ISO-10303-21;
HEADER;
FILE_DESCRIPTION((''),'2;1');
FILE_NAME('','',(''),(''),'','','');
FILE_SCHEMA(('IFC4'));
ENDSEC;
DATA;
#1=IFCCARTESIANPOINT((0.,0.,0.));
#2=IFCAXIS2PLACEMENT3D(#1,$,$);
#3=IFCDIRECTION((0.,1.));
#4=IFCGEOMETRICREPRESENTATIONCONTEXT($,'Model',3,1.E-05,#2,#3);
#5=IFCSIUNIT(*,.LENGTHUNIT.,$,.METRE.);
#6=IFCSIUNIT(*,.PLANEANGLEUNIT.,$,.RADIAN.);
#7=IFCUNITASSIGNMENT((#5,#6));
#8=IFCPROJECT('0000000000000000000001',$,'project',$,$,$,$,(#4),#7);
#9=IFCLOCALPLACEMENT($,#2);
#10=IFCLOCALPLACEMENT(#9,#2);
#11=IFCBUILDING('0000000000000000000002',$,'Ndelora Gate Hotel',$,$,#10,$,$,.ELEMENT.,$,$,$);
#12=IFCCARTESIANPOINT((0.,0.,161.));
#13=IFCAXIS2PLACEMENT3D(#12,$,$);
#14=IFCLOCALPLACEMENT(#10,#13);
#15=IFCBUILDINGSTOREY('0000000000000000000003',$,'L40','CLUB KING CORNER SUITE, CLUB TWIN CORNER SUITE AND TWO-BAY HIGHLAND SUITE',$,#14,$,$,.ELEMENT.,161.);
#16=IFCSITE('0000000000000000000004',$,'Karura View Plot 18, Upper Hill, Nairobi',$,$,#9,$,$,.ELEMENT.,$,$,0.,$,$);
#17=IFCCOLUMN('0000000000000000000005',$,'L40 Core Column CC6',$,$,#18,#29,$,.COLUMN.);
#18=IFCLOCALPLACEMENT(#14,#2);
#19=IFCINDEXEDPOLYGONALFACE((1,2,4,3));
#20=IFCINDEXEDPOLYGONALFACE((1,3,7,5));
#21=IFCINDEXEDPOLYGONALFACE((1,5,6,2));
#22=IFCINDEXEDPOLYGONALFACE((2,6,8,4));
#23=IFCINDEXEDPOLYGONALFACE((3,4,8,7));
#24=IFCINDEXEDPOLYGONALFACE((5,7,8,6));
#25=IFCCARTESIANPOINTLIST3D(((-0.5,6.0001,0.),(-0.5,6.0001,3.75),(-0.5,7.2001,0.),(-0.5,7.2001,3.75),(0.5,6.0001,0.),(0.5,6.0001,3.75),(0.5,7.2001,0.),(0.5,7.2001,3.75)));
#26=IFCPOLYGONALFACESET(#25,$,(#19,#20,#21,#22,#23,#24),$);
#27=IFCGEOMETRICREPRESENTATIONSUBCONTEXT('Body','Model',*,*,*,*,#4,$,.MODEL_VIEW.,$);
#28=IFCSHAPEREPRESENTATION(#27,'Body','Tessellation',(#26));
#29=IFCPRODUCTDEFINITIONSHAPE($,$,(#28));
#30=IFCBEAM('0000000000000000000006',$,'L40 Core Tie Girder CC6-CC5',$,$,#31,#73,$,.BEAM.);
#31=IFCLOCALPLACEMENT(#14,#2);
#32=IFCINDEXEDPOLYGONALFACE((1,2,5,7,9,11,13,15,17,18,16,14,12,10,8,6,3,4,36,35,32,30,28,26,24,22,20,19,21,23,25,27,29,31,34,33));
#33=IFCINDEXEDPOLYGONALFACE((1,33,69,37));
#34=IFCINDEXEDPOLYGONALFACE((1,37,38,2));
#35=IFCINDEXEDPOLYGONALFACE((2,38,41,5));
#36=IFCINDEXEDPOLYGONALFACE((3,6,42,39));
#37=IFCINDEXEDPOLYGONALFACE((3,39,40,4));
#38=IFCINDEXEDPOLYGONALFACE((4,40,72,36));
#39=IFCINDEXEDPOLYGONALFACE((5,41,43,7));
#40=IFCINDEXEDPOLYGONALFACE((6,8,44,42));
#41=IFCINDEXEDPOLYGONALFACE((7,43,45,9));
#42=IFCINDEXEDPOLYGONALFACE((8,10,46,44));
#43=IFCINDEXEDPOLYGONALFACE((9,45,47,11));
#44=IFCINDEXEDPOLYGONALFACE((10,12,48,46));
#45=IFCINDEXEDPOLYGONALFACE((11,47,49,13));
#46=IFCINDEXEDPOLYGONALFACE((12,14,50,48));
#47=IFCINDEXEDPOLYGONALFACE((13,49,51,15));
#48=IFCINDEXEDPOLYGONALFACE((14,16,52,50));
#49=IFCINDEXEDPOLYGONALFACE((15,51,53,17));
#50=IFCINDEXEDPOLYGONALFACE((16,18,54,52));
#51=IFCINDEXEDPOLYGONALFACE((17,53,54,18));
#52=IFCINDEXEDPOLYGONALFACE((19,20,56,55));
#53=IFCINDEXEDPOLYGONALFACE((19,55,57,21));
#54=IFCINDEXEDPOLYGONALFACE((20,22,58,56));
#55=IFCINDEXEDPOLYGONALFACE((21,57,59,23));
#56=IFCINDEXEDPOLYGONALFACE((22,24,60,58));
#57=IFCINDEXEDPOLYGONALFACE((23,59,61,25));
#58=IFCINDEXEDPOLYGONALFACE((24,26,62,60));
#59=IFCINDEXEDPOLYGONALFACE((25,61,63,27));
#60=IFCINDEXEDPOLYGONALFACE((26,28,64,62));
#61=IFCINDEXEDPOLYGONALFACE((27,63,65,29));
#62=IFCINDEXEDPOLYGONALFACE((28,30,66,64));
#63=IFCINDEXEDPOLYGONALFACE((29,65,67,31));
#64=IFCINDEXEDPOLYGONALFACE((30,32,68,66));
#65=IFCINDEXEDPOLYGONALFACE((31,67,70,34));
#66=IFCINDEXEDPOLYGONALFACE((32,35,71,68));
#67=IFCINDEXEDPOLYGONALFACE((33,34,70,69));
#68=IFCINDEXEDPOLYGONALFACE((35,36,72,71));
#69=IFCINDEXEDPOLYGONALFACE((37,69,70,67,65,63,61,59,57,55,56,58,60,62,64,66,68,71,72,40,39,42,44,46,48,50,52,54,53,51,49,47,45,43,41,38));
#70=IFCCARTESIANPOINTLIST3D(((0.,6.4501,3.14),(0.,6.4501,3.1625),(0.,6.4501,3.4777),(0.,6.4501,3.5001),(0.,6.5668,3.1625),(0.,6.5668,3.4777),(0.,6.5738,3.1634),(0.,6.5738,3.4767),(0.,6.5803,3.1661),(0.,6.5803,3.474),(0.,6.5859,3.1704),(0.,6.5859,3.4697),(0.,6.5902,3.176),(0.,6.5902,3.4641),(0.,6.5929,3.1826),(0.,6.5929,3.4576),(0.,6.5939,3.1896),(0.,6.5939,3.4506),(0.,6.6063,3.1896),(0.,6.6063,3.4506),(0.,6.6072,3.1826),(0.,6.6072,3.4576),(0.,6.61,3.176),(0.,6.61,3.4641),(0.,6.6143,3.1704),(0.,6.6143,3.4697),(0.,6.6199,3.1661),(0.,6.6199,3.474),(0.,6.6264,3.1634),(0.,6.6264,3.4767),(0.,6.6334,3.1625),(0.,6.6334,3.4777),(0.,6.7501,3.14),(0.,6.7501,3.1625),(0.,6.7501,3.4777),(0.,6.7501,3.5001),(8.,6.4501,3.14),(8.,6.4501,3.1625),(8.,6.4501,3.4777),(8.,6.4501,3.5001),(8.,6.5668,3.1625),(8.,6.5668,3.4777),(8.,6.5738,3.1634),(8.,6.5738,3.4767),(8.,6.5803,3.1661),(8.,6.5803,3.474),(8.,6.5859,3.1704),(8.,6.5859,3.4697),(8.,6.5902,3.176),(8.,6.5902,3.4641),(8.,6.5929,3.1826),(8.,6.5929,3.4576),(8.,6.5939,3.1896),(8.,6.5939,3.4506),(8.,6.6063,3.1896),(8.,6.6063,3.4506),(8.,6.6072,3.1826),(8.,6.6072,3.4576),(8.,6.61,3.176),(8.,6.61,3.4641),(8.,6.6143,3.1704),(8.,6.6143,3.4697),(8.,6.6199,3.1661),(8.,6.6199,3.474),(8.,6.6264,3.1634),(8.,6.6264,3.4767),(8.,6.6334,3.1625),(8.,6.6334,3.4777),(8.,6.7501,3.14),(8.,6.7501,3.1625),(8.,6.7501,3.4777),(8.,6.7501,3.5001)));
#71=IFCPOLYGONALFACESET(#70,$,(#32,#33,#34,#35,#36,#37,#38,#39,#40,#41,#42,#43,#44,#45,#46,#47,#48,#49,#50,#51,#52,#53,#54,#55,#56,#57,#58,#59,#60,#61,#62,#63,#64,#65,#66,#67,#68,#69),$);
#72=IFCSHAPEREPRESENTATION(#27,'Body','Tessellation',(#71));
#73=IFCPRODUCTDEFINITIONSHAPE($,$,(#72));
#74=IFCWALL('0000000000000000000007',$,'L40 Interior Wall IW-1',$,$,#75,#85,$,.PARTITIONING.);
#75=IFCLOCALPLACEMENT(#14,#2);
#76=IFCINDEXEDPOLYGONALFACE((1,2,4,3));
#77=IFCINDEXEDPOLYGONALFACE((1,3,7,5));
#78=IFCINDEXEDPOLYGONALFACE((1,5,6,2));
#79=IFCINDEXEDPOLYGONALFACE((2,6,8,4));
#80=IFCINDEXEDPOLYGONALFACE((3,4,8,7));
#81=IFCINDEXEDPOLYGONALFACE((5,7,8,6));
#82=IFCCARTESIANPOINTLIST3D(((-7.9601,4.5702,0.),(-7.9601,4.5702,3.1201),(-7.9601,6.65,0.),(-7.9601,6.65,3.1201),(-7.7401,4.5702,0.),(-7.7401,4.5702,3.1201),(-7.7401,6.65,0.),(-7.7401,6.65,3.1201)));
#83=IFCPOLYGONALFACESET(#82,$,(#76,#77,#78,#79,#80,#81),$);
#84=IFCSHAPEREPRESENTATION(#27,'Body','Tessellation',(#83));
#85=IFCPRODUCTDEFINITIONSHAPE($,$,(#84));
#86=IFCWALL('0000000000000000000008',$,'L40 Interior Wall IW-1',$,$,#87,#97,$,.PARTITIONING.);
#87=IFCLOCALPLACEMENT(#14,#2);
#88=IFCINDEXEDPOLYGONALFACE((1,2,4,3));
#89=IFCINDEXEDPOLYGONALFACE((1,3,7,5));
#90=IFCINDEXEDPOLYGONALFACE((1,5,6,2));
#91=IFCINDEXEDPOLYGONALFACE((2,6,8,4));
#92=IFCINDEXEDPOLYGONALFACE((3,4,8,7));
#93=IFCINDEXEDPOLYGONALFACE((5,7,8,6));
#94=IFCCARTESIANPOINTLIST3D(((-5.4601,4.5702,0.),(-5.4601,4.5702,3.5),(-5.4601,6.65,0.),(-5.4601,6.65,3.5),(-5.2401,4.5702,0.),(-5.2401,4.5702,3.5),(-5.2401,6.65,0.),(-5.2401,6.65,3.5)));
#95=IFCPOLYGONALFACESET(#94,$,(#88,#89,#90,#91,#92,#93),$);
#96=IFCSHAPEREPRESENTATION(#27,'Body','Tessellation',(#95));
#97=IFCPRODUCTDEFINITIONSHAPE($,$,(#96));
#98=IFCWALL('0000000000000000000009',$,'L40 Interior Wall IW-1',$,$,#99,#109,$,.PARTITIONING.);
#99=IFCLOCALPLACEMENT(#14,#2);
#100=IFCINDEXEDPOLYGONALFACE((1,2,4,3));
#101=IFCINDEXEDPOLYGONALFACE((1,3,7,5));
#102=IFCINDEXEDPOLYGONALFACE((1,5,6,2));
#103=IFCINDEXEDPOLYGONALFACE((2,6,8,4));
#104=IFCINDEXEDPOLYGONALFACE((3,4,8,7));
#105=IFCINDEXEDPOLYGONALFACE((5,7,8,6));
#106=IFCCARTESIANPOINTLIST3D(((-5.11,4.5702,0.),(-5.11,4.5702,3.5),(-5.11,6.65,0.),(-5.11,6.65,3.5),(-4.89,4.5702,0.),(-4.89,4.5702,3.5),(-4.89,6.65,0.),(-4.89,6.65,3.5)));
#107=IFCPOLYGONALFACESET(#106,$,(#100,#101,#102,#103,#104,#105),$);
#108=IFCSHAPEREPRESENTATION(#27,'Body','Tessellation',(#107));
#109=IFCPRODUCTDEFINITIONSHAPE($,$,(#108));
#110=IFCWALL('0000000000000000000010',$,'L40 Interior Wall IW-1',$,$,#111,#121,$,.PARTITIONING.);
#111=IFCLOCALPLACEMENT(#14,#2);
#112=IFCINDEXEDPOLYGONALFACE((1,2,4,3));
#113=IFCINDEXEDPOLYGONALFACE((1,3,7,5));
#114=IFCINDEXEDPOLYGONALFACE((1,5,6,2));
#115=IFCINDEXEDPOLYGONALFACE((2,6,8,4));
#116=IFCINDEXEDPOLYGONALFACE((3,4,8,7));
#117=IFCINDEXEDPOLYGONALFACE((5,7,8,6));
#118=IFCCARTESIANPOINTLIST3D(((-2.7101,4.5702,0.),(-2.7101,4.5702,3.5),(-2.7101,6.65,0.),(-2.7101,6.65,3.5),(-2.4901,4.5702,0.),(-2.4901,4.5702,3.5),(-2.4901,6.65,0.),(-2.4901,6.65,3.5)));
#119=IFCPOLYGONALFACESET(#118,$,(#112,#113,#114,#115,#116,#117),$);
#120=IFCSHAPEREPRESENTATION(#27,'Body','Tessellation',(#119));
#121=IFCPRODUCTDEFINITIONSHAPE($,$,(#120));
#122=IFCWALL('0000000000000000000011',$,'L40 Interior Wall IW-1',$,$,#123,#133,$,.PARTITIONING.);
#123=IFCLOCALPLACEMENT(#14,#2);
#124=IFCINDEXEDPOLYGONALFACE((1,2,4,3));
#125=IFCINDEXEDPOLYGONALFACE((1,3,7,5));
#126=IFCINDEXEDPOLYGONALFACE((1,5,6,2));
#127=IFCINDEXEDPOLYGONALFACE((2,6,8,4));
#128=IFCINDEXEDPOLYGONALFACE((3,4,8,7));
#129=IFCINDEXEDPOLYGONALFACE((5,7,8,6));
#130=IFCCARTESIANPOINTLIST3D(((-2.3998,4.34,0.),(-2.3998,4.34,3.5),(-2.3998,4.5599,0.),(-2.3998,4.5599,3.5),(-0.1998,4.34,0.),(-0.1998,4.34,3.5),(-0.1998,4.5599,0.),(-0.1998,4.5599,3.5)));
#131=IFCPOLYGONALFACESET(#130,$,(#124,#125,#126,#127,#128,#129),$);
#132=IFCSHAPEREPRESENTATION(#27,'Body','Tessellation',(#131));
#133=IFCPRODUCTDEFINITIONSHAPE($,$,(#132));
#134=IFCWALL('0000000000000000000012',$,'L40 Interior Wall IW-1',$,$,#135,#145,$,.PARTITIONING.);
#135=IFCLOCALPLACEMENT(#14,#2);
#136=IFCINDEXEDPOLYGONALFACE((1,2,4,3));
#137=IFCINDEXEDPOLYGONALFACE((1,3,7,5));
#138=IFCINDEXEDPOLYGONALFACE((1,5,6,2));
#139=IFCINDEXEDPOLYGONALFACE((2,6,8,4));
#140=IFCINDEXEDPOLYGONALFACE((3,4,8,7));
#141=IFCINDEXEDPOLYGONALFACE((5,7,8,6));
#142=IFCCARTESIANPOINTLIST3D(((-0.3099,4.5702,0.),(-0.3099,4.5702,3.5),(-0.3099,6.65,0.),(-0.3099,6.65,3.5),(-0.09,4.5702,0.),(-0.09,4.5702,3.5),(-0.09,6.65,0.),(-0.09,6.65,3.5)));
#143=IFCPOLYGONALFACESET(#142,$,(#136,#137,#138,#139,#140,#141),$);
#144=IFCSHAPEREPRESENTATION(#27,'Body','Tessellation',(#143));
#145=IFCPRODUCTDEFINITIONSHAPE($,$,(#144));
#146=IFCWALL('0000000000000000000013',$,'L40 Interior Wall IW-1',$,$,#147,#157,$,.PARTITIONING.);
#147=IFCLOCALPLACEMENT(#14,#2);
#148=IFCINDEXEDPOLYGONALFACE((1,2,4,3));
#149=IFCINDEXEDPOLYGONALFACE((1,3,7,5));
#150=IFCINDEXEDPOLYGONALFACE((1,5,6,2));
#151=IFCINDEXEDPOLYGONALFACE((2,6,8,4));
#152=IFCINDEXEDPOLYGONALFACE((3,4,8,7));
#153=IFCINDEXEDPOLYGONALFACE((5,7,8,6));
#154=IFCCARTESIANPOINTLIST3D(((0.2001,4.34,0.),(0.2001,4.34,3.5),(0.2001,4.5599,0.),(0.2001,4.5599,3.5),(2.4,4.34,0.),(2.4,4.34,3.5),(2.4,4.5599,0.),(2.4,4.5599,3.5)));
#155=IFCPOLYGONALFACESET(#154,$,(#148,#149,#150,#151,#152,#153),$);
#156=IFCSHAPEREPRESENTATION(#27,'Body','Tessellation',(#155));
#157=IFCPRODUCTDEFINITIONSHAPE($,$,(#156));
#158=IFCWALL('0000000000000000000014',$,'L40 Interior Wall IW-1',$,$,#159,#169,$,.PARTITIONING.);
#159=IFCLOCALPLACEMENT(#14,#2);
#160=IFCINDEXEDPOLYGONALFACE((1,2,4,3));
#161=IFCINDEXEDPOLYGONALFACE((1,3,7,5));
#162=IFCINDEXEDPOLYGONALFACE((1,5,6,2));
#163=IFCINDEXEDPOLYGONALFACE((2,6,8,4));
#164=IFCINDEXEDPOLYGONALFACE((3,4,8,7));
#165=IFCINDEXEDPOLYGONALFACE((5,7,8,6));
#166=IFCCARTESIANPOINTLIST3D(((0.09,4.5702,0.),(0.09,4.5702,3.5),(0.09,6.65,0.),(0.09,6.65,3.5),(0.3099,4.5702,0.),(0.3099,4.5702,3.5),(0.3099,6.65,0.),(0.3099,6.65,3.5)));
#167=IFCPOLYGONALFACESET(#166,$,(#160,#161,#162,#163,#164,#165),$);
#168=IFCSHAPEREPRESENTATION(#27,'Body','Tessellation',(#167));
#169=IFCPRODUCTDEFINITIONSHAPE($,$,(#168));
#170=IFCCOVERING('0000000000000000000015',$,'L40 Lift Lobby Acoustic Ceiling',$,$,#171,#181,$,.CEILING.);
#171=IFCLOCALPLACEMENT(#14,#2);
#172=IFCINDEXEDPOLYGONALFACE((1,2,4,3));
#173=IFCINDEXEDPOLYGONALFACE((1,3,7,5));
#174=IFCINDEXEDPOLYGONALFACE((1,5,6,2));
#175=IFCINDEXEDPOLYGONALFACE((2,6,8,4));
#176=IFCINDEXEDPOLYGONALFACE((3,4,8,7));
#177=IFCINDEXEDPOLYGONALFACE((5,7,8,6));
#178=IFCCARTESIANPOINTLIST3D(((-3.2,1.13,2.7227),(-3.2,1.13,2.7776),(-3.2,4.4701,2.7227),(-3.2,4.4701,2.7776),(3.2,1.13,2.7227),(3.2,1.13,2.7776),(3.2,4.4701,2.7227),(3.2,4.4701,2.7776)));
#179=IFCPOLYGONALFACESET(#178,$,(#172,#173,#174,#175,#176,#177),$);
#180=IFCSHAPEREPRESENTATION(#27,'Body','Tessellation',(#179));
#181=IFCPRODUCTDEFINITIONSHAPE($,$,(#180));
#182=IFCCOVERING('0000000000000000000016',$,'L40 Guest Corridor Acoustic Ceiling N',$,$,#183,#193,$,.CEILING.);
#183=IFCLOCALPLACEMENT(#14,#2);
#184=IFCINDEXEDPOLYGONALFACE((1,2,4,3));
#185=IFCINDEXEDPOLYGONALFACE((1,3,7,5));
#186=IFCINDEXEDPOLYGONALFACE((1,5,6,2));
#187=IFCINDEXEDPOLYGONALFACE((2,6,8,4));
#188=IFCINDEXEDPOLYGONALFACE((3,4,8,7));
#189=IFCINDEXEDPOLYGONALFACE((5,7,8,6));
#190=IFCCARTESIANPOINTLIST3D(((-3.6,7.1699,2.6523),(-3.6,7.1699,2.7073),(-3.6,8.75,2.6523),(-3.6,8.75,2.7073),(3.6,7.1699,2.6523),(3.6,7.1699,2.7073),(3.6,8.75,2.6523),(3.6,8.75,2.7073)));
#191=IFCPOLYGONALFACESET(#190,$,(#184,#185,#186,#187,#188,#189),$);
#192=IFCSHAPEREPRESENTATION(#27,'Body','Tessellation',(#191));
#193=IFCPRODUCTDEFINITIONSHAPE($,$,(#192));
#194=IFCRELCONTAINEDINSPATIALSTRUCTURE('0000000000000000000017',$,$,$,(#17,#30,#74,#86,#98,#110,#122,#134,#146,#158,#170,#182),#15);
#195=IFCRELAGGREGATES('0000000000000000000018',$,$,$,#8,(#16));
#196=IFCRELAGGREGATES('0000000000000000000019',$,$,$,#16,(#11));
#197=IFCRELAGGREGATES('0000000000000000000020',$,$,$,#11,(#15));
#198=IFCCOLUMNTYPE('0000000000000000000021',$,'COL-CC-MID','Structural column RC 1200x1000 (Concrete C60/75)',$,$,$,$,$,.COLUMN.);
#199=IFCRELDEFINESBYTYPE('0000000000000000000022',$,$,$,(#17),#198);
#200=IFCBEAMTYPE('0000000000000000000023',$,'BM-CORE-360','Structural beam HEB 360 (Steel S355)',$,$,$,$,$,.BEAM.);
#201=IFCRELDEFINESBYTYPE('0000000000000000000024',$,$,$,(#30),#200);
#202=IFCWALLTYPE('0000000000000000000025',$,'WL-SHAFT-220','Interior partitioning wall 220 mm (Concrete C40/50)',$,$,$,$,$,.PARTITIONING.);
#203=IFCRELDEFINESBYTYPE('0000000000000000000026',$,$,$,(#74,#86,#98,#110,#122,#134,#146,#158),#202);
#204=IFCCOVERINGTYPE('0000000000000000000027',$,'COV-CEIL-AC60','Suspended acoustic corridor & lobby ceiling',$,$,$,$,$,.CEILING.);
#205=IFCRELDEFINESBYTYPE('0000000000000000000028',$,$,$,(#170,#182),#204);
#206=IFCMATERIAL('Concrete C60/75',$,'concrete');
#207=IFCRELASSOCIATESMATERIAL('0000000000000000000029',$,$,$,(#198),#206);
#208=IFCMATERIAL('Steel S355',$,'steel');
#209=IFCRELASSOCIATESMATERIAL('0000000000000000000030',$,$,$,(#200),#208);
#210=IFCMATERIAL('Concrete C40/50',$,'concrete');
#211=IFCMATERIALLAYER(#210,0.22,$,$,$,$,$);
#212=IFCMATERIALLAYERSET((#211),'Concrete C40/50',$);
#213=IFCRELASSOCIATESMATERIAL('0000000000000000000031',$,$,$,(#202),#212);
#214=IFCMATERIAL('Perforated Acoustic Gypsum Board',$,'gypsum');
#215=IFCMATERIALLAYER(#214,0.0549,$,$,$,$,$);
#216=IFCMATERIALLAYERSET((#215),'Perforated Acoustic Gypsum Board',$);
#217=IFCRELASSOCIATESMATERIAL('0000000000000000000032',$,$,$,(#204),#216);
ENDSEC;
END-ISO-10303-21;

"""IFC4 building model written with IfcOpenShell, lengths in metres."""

from ifc_helpers import new_model, si_unit, direction, frame, frame_2d, origin, origin_2d, place, context, subcontext, project, spatial, rectangle, i_section, extrude, material, layer, layer_set, material_profile, profile_set, type_object, element, save


model = new_model("IFC4")

# Units and contexts
model_context = context("Model", 3, precision=1e-05, world=origin(), true_north=direction((0.0, 1.0)))
body_context = subcontext(model_context, "Body", "Model", "MODEL_VIEW")
ifc_project = project(units=[si_unit("LENGTHUNIT", "METRE"), si_unit("PLANEANGLEUNIT", "RADIAN")], contexts=[model_context])

# Site, building, storey
site_placement = place(None, origin())
site = spatial("IfcSite", under=ifc_project, at=site_placement, Name="Karura View Plot 18, Upper Hill, Nairobi", CompositionType="ELEMENT", RefElevation=0.0)
building_placement = place(site_placement, origin())
building = spatial("IfcBuilding", under=site, at=building_placement, Name="Ndelora Gate Hotel", CompositionType="ELEMENT")
storey_placement = place(building_placement, frame((0.0, 0.0, 161.0)))
storey = spatial("IfcBuildingStorey", under=building, at=storey_placement, Name="L40", Description="CLUB KING CORNER SUITE, CLUB TWIN CORNER SUITE AND TWO-BAY HIGHLAND SUITE", CompositionType="ELEMENT", Elevation=161.0)

# Column
ifc_material_1 = material(Name="Concrete C60/75", Category="concrete")
ifc_material_profile_1 = material_profile(ifc_material_1, rectangle(XDim=1.0, YDim=1.2, at=origin_2d()), Name="RC 1200x1000")
ifc_profile_set_1 = profile_set([ifc_material_profile_1], Name="Concrete C60/75")
column_type = type_object("IfcColumnType", Name="COL-CC-MID", Description="Structural column RC 1200x1000 (Concrete C60/75)", PredefinedType="COLUMN", material=ifc_profile_set_1)
column_placement = place(storey_placement, frame((0.0, 6.6001, 0.0), z_axis=(0.0, 0.0, 1.0), x_axis=(1.0, 0.0, 0.0)))
element("IfcColumn", 1, at=column_placement, inside=storey, type_object=column_type, Name="L40 Core Column CC6", PredefinedType="COLUMN", context=body_context, shape_type="SweptSolid", body=[
    extrude(rectangle(XDim=1.0, YDim=1.2, at=origin_2d()), origin(), (0.0, 0.0, 1.0), 3.75),
])

# Beam
ifc_material_2 = material(Name="Steel S355", Category="steel")
ifc_material_profile_2 = material_profile(ifc_material_2, i_section(OverallWidth=0.3, OverallDepth=0.3601, WebThickness=0.0125, FlangeThickness=0.0225, FilletRadius=0.0271, at=origin_2d()), Name="HEB 360")
ifc_profile_set_2 = profile_set([ifc_material_profile_2], Name="Steel S355")
beam_type = type_object("IfcBeamType", Name="BM-CORE-360", Description="Structural beam HEB 360 (Steel S355)", PredefinedType="BEAM", material=ifc_profile_set_2)
beam_placement = place(storey_placement, frame((0.0, 6.6001, 3.3201), z_axis=(1.0, 0.0, 0.0), x_axis=(0.0, 1.0, 0.0)))
element("IfcBeam", 2, at=beam_placement, inside=storey, type_object=beam_type, Name="L40 Core Tie Girder CC6-CC5", PredefinedType="BEAM", context=body_context, shape_type="SweptSolid", body=[
    extrude(i_section(OverallWidth=0.3, OverallDepth=0.3601, WebThickness=0.0125, FlangeThickness=0.0225, FilletRadius=0.0271, at=origin_2d()), origin(), (0.0, 0.0, 1.0), 8.0),
])

# Shared definitions
ifc_material_3 = material(Name="Concrete C40/50", Category="concrete")

# Walls
ifc_layer_1 = layer(ifc_material_3, 0.22)
ifc_layer_set_1 = layer_set([ifc_layer_1], Name="Concrete C40/50")
wall_type_1 = type_object("IfcWallType", Name="WL-SHAFT-220", Description="Interior partitioning wall 220 mm (Concrete C40/50)", PredefinedType="PARTITIONING", material=ifc_layer_set_1)
wall_1_placement = place(storey_placement, frame((-7.8501, 4.5701, 0.0), z_axis=(0.0, 0.0, 1.0), x_axis=(0.0, 1.0, 0.0)))
element("IfcWall", 3, at=wall_1_placement, inside=storey, type_object=wall_type_1, Name="L40 Interior Wall IW-1", PredefinedType="PARTITIONING", context=body_context, shape_type="SweptSolid", body=[
    extrude(rectangle(XDim=2.0798, YDim=0.22, at=frame_2d((1.04, 0.0))), origin(), (0.0, 0.0, 1.0), 3.1201),
])
wall_2_placement = place(storey_placement, frame((-5.3501, 4.5701, 0.0), z_axis=(0.0, 0.0, 1.0), x_axis=(0.0, 1.0, 0.0)))
element("IfcWall", 4, at=wall_2_placement, inside=storey, type_object=wall_type_1, Name="L40 Interior Wall IW-1", PredefinedType="PARTITIONING", context=body_context, shape_type="SweptSolid", body=[
    extrude(rectangle(XDim=2.0798, YDim=0.22, at=frame_2d((1.04, 0.0))), origin(), (0.0, 0.0, 1.0), 3.5),
])

# Walls
for number, where, z_axis, x_axis, name in (
    (5, (-5.0, 4.5701, 0.0), (0.0, 0.0, 1.0), (0.0, 1.0, 0.0), "L40 Interior Wall IW-1"),
    (6, (-2.6001, 4.5701, 0.0), (0.0, 0.0, 1.0), (0.0, 1.0, 0.0), "L40 Interior Wall IW-1"),
):
    element("IfcWall", number, at=place(storey_placement, frame(where, z_axis=z_axis, x_axis=x_axis)), inside=storey, type_object=wall_type_1, Name=name, PredefinedType="PARTITIONING", context=body_context, shape_type="SweptSolid", body=[
        extrude(rectangle(XDim=2.0798, YDim=0.22, at=frame_2d((1.04, 0.0))), origin(), (0.0, 0.0, 1.0), 3.5),
    ])
wall_3_placement = place(storey_placement, frame((-2.3999, 4.45, 0.0), z_axis=(0.0, 0.0, 1.0), x_axis=(1.0, 0.0, 0.0)))
element("IfcWall", 7, at=wall_3_placement, inside=storey, type_object=wall_type_1, Name="L40 Interior Wall IW-1", PredefinedType="PARTITIONING", context=body_context, shape_type="SweptSolid", body=[
    extrude(rectangle(XDim=2.2, YDim=0.22, at=frame_2d((1.1001, 0.0))), origin(), (0.0, 0.0, 1.0), 3.5),
])
wall_4_placement = place(storey_placement, frame((-0.2, 4.5701, 0.0), z_axis=(0.0, 0.0, 1.0), x_axis=(0.0, 1.0, 0.0)))
element("IfcWall", 8, at=wall_4_placement, inside=storey, type_object=wall_type_1, Name="L40 Interior Wall IW-1", PredefinedType="PARTITIONING", context=body_context, shape_type="SweptSolid", body=[
    extrude(rectangle(XDim=2.0798, YDim=0.22, at=frame_2d((1.04, 0.0))), origin(), (0.0, 0.0, 1.0), 3.5),
])
wall_5_placement = place(storey_placement, frame((0.2, 4.45, 0.0), z_axis=(0.0, 0.0, 1.0), x_axis=(1.0, 0.0, 0.0)))
element("IfcWall", 9, at=wall_5_placement, inside=storey, type_object=wall_type_1, Name="L40 Interior Wall IW-1", PredefinedType="PARTITIONING", context=body_context, shape_type="SweptSolid", body=[
    extrude(rectangle(XDim=2.2, YDim=0.22, at=frame_2d((1.1001, 0.0))), origin(), (0.0, 0.0, 1.0), 3.5),
])
wall_6_placement = place(storey_placement, frame((0.2, 4.5701, 0.0), z_axis=(0.0, 0.0, 1.0), x_axis=(0.0, 1.0, 0.0)))
element("IfcWall", 10, at=wall_6_placement, inside=storey, type_object=wall_type_1, Name="L40 Interior Wall IW-1", PredefinedType="PARTITIONING", context=body_context, shape_type="SweptSolid", body=[
    extrude(rectangle(XDim=2.0798, YDim=0.22, at=frame_2d((1.04, 0.0))), origin(), (0.0, 0.0, 1.0), 3.5),
])

# Coverings
ifc_material_4 = material(Name="Perforated Acoustic Gypsum Board", Category="gypsum")
ifc_layer_2 = layer(ifc_material_4, 0.0549)
ifc_layer_set_2 = layer_set([ifc_layer_2], Name="Perforated Acoustic Gypsum Board")
covering_type_1 = type_object("IfcCoveringType", Name="COV-CEIL-AC60", Description="Suspended acoustic corridor & lobby ceiling", PredefinedType="CEILING", material=ifc_layer_set_2)
covering_1_placement = place(storey_placement, frame((0.0, 2.8, 2.7227), z_axis=(0.0, 0.0, 1.0), x_axis=(1.0, 0.0, 0.0)))
element("IfcCovering", 11, at=covering_1_placement, inside=storey, type_object=covering_type_1, Name="L40 Lift Lobby Acoustic Ceiling", PredefinedType="CEILING", context=body_context, shape_type="SweptSolid", body=[
    extrude(rectangle(XDim=6.3999, YDim=3.3401, at=origin_2d()), origin(), (0.0, 0.0, 1.0), 0.0549),
])
covering_2_placement = place(storey_placement, frame((0.0, 7.96, 2.6523), z_axis=(0.0, 0.0, 1.0), x_axis=(1.0, 0.0, 0.0)))
element("IfcCovering", 12, at=covering_2_placement, inside=storey, type_object=covering_type_1, Name="L40 Guest Corridor Acoustic Ceiling N", PredefinedType="CEILING", context=body_context, shape_type="SweptSolid", body=[
    extrude(rectangle(XDim=7.2, YDim=1.5801, at=origin_2d()), origin(), (0.0, 0.0, 1.0), 0.0549),
])

save(model, "model.ifc")
